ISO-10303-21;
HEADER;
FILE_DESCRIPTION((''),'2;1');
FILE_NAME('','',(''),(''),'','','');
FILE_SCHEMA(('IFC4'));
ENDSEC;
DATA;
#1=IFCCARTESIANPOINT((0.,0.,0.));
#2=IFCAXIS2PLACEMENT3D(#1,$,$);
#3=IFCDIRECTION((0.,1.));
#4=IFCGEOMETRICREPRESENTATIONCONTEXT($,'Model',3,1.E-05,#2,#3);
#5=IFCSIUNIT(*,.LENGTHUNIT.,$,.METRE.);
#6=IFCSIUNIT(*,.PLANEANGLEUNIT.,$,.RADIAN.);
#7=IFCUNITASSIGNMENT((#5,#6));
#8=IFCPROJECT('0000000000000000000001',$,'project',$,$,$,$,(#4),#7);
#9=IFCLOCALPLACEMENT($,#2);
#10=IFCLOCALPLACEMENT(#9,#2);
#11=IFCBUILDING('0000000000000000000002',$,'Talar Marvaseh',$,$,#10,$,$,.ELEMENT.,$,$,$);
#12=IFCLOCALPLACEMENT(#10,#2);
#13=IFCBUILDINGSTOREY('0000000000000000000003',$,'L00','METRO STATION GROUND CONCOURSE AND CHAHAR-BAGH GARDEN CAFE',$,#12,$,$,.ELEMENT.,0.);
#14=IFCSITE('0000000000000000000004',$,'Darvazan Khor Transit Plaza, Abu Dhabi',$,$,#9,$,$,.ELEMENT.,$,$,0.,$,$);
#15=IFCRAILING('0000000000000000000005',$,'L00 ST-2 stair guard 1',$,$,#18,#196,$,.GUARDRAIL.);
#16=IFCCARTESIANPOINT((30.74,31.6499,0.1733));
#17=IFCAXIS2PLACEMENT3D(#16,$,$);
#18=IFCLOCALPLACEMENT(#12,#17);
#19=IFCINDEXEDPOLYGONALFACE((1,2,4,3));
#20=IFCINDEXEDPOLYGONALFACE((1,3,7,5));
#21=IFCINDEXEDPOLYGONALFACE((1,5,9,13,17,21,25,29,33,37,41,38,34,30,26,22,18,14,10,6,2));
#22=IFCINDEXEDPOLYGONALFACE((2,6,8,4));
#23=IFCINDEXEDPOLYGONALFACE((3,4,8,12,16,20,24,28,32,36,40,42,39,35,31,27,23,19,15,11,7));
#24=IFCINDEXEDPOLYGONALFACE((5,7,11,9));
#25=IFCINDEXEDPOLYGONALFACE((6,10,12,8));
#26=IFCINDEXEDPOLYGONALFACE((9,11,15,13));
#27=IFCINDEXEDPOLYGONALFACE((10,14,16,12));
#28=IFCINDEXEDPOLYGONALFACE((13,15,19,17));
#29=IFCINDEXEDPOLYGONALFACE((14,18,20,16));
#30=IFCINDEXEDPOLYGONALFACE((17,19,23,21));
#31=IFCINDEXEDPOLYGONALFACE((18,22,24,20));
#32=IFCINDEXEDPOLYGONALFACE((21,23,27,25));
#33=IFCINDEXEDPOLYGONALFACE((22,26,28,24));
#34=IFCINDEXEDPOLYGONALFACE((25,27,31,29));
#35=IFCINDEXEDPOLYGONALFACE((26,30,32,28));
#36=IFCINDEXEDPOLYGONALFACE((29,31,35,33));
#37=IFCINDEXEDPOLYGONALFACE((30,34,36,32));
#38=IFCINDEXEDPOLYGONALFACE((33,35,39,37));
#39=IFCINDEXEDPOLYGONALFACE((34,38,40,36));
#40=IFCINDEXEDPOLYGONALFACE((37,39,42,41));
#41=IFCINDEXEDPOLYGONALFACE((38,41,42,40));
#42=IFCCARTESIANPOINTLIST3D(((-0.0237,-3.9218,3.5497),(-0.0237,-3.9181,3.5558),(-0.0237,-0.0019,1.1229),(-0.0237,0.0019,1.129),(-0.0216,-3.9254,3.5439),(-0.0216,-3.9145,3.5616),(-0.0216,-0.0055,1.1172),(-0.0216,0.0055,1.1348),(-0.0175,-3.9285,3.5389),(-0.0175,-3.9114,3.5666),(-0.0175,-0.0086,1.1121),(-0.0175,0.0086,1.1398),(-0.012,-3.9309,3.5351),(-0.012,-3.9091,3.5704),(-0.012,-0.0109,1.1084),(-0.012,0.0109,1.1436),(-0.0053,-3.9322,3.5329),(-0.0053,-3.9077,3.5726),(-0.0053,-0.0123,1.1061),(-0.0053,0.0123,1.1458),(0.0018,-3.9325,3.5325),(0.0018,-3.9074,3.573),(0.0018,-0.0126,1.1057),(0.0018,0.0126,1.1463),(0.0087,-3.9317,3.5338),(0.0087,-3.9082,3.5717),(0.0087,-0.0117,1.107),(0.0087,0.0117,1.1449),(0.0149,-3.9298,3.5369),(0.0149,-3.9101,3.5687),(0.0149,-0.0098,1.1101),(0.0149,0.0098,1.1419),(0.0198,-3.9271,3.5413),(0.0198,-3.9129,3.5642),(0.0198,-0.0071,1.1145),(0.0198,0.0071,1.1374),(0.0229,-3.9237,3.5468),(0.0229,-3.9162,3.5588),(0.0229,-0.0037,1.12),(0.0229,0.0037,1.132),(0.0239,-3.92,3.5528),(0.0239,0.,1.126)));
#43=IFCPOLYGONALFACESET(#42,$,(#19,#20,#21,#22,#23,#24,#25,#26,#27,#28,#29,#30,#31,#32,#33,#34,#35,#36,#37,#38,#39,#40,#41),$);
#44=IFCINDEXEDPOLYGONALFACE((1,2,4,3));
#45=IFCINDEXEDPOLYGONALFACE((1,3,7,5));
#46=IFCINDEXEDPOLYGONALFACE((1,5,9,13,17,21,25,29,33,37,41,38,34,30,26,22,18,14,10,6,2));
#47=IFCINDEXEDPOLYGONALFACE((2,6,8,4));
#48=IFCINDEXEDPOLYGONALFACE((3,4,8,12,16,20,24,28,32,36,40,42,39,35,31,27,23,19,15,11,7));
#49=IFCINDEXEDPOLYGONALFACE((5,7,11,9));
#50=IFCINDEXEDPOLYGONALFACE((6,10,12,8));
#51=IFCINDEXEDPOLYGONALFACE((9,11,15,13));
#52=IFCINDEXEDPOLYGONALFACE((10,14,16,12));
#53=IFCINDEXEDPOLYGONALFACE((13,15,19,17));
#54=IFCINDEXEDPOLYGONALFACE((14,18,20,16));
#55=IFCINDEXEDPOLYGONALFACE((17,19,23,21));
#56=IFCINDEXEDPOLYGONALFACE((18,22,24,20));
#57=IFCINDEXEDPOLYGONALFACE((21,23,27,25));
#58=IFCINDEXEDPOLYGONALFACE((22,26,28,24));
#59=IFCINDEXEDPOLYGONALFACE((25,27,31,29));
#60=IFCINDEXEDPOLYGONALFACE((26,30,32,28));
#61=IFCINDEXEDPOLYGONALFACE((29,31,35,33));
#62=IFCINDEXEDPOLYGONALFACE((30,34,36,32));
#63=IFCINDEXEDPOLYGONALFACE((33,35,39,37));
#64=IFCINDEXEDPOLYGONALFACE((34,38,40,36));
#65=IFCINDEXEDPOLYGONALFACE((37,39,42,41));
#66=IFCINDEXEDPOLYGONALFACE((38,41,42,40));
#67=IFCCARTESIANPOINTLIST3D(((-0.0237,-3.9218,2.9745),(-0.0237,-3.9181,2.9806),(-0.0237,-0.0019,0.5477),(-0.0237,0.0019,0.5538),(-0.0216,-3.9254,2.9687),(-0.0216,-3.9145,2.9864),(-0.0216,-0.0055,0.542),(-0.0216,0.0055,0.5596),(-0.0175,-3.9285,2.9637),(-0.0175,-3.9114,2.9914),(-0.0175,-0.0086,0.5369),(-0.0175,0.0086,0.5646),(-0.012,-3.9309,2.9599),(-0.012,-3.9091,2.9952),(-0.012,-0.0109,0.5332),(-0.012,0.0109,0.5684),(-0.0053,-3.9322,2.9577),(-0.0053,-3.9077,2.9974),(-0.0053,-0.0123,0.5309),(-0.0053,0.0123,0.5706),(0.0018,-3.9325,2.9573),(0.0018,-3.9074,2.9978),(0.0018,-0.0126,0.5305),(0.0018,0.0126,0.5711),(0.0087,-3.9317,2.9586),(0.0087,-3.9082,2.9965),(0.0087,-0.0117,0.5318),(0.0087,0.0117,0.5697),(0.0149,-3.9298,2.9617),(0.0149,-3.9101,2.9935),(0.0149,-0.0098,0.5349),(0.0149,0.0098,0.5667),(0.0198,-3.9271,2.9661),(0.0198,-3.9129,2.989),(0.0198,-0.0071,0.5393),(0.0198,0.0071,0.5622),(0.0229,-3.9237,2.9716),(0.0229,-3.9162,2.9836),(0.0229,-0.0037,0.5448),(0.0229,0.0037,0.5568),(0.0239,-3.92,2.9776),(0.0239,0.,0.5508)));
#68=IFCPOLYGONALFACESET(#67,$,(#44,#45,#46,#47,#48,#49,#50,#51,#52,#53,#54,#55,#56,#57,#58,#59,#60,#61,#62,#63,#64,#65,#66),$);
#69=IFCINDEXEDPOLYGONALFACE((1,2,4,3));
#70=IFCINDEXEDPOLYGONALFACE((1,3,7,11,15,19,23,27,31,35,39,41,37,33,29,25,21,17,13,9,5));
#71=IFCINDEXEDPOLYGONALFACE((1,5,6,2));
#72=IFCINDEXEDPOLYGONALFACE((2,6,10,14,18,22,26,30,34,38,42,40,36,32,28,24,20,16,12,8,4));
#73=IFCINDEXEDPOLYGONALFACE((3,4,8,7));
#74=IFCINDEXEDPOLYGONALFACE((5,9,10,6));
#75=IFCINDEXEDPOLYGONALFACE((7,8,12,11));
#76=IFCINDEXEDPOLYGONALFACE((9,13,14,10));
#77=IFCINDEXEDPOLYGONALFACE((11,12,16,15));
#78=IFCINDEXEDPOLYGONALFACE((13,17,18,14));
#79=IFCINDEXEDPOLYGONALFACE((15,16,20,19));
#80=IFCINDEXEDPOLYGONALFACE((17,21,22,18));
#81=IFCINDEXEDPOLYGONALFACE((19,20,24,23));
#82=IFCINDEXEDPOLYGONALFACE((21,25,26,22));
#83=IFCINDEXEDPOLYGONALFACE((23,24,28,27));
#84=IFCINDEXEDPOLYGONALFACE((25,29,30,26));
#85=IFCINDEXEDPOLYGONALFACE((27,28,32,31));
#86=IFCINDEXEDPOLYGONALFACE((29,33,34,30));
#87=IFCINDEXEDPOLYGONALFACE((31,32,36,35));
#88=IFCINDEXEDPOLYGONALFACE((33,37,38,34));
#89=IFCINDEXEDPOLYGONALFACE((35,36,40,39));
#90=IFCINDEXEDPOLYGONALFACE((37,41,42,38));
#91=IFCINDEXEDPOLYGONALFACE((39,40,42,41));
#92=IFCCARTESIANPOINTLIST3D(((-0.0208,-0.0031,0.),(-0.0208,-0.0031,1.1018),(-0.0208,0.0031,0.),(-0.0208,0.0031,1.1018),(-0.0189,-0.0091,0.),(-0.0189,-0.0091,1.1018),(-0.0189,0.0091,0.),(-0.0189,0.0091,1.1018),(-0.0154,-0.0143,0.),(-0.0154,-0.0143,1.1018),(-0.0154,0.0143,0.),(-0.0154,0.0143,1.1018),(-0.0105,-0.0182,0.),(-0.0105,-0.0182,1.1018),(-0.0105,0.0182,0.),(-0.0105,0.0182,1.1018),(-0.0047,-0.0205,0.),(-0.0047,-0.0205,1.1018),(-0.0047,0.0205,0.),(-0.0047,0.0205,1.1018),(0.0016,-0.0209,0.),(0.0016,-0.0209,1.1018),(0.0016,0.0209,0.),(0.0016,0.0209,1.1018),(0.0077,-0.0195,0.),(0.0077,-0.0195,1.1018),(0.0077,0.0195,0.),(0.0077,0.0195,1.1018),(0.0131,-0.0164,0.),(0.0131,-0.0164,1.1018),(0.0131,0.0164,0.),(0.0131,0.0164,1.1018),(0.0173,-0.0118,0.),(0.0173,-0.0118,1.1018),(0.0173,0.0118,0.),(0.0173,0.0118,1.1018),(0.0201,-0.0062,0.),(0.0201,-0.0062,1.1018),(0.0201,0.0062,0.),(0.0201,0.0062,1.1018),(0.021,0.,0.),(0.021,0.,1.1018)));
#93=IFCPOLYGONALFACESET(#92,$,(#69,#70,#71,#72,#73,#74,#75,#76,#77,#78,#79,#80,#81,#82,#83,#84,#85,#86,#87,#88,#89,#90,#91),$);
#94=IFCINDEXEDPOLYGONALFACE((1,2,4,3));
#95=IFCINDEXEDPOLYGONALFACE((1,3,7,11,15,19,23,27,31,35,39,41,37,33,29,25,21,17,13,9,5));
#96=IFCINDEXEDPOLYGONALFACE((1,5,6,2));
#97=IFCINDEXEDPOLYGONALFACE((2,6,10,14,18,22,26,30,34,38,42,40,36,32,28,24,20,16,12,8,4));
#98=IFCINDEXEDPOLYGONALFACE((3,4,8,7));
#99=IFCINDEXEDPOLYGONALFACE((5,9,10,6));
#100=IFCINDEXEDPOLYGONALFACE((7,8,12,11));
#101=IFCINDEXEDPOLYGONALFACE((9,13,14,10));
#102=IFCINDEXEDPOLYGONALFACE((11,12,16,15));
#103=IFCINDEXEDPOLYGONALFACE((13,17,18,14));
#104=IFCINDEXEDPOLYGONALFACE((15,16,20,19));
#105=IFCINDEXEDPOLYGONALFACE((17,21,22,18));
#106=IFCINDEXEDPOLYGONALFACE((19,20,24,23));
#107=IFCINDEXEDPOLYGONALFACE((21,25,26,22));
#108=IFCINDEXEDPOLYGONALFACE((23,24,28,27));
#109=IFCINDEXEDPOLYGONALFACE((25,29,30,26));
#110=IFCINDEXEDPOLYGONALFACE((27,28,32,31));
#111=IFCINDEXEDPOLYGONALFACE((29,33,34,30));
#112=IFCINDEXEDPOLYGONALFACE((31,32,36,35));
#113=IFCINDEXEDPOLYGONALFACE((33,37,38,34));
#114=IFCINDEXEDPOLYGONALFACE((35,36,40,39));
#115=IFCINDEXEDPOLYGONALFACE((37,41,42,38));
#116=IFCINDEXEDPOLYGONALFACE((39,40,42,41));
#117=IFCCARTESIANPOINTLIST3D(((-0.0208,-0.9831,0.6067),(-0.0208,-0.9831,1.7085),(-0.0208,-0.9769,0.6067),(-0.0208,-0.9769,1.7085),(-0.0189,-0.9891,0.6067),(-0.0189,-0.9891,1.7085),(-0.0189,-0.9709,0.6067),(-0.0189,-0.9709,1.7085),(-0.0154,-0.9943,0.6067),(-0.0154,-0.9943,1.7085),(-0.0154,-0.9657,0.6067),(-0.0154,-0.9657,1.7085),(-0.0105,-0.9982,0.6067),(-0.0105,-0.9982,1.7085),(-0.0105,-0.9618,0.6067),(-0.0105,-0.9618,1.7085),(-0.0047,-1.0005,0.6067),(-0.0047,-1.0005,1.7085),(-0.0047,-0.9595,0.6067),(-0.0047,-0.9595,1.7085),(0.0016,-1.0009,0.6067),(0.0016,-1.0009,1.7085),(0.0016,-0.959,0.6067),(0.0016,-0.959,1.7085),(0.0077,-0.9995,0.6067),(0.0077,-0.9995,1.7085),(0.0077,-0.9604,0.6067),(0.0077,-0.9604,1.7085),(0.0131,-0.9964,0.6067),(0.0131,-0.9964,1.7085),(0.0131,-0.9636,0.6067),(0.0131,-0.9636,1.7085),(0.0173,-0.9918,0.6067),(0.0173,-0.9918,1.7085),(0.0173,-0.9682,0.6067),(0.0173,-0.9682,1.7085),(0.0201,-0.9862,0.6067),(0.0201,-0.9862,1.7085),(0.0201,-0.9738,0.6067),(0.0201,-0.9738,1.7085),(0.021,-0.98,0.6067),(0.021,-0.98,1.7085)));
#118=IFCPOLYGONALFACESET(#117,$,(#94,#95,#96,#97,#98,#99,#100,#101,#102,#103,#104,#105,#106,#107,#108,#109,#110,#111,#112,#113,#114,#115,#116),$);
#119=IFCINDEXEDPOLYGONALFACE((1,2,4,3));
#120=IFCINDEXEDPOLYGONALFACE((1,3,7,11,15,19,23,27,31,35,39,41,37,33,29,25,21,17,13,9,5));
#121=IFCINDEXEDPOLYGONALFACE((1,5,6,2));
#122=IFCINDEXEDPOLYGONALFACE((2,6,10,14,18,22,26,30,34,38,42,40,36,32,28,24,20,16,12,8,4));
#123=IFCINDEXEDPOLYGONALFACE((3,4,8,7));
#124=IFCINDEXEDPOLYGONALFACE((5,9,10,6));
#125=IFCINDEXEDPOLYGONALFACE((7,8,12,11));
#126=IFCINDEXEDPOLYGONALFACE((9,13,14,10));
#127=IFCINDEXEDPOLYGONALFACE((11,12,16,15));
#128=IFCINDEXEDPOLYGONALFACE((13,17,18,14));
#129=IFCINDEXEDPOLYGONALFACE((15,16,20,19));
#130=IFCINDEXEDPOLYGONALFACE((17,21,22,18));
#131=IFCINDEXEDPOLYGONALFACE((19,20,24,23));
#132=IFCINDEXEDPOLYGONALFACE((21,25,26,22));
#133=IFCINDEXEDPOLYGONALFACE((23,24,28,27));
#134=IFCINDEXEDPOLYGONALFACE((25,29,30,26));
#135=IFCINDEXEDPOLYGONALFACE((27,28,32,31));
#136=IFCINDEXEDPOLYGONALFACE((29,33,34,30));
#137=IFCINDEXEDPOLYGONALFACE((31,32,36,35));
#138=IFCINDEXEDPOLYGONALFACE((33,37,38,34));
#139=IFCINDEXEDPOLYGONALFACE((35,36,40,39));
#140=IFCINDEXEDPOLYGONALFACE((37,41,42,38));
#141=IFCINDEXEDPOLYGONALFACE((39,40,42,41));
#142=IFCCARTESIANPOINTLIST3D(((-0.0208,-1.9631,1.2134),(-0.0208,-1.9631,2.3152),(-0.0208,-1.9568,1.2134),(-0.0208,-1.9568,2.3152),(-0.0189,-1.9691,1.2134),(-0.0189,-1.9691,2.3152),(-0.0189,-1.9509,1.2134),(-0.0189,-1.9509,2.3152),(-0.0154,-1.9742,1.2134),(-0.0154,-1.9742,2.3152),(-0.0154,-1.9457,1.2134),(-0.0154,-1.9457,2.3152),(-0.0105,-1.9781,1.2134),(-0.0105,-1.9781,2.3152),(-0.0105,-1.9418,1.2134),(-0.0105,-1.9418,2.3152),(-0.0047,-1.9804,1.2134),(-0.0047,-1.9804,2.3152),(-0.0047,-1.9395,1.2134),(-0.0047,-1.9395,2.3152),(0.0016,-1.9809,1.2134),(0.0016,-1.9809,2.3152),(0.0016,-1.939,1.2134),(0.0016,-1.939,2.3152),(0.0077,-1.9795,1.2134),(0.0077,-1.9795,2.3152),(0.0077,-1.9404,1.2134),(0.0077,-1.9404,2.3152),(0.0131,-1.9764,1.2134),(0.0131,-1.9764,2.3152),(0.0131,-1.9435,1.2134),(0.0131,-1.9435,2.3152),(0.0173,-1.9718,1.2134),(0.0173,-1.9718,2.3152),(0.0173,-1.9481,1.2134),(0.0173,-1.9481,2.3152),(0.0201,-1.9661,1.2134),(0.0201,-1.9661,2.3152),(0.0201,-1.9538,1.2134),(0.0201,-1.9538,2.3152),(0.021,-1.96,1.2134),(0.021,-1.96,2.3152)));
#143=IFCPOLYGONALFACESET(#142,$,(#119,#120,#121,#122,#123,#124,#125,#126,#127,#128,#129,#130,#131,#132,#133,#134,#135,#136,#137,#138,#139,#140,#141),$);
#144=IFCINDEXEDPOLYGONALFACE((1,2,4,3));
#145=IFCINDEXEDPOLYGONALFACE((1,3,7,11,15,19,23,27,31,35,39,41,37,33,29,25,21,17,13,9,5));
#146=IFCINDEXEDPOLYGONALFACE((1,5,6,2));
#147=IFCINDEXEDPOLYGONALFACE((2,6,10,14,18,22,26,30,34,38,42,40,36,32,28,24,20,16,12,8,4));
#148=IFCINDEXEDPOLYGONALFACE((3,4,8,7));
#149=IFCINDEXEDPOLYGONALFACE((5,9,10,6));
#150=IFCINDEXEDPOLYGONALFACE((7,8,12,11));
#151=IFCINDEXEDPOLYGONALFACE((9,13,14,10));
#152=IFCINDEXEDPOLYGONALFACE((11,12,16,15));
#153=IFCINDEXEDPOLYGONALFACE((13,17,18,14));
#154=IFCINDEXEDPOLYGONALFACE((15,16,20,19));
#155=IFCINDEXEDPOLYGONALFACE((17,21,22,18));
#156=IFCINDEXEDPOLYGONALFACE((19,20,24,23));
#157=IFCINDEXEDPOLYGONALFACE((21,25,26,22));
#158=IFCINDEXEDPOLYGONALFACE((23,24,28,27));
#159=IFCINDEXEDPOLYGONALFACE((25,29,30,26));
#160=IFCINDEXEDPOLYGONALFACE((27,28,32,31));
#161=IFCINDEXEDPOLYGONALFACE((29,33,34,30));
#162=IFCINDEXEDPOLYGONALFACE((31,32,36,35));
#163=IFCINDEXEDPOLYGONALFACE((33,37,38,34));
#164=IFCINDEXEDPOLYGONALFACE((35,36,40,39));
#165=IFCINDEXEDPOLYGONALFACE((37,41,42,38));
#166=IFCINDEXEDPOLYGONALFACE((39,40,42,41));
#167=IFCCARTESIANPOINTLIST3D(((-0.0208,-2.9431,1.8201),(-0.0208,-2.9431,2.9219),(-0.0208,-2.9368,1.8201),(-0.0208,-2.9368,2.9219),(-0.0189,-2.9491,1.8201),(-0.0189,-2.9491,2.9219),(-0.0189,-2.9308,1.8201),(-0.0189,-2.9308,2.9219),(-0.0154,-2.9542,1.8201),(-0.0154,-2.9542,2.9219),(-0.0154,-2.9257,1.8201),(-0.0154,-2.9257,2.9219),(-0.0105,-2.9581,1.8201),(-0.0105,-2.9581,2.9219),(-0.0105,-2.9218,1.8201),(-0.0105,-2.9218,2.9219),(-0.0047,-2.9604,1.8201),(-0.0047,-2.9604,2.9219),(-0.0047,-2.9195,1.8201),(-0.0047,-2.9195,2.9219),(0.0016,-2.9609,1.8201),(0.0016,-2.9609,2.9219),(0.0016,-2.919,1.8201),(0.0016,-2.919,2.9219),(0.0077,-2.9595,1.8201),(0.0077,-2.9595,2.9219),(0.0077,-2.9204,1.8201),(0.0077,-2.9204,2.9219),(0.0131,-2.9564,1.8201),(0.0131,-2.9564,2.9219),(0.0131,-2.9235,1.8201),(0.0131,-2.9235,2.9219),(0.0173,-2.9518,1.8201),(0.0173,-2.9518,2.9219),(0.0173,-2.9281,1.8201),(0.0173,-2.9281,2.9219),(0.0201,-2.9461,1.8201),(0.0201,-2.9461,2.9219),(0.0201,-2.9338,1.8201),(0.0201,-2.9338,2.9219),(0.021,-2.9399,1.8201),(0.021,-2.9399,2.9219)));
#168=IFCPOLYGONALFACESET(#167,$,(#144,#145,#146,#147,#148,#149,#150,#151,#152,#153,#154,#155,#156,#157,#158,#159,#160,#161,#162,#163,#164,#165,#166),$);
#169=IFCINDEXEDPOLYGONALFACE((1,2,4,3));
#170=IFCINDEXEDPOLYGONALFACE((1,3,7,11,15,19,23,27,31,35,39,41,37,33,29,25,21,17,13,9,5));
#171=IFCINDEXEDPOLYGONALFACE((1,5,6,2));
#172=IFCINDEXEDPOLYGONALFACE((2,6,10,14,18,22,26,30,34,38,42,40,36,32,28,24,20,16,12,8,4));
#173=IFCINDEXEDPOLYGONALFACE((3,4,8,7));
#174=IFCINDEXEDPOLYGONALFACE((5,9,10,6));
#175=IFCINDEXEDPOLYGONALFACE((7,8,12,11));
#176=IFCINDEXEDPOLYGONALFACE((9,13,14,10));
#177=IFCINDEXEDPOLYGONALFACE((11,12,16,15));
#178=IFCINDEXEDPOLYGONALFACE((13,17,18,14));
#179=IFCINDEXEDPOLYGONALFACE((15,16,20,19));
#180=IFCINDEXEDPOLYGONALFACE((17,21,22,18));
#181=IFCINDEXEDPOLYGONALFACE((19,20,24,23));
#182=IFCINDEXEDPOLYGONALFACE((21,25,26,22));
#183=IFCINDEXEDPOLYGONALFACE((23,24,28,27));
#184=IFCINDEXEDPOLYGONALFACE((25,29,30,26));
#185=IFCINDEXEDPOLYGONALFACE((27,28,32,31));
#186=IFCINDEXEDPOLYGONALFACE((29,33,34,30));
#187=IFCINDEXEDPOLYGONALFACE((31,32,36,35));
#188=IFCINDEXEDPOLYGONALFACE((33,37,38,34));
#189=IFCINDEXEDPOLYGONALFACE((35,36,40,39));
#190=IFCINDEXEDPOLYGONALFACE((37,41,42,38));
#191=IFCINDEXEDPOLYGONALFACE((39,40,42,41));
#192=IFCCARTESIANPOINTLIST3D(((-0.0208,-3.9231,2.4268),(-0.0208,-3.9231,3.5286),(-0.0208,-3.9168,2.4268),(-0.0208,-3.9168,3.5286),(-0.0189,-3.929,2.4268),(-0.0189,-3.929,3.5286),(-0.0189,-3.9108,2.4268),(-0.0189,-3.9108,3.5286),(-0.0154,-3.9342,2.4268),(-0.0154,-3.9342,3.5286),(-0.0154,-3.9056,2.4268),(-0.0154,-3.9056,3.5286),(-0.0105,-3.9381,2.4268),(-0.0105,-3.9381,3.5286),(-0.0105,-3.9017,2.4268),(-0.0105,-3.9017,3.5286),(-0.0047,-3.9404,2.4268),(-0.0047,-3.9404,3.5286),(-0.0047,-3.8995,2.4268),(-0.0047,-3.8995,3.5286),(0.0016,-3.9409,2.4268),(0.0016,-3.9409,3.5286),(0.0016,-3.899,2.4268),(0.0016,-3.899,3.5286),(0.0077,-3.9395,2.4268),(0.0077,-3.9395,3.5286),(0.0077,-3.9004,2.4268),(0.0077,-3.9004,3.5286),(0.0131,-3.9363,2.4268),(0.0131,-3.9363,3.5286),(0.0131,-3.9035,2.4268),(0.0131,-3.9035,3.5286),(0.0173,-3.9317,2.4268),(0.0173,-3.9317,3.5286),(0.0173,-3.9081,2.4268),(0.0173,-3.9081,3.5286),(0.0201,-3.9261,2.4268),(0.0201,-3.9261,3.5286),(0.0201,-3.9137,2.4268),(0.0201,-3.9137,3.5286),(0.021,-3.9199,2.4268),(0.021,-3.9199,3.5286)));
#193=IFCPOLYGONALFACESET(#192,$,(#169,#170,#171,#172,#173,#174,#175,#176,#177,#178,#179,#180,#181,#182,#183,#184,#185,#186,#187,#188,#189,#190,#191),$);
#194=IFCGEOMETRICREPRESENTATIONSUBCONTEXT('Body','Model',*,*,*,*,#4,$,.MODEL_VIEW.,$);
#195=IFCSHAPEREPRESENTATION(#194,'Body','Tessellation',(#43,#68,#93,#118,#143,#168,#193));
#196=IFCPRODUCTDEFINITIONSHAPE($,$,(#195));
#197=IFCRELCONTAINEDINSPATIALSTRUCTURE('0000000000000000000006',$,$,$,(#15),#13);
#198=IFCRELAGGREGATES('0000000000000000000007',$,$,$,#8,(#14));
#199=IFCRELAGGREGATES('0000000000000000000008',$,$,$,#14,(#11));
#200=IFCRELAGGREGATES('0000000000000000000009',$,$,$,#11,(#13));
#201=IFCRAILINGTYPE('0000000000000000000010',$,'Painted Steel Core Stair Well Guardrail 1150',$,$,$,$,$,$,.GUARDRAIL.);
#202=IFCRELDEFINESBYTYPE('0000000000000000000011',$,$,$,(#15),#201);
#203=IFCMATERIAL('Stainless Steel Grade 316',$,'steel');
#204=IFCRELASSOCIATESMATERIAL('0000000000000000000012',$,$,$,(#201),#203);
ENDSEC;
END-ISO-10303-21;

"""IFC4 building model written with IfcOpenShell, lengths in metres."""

from ifc_helpers import new_model, si_unit, direction, frame, origin, origin_2d, place, context, subcontext, project, spatial, circle, extrude, material, type_object, element, save


model = new_model("IFC4")

# Units and contexts
model_context = context("Model", 3, precision=1e-05, world=origin(), true_north=direction((0.0, 1.0)))
body_context = subcontext(model_context, "Body", "Model", "MODEL_VIEW")
ifc_project = project(units=[si_unit("LENGTHUNIT", "METRE"), si_unit("PLANEANGLEUNIT", "RADIAN")], contexts=[model_context])

# Site, building, storey
site_placement = place(None, origin())
site = spatial("IfcSite", under=ifc_project, at=site_placement, Name="Darvazan Khor Transit Plaza, Abu Dhabi", CompositionType="ELEMENT", RefElevation=0.0)
building_placement = place(site_placement, origin())
building = spatial("IfcBuilding", under=site, at=building_placement, Name="Talar Marvaseh", CompositionType="ELEMENT")
storey_placement = place(building_placement, origin())
storey = spatial("IfcBuildingStorey", under=building, at=storey_placement, Name="L00", Description="METRO STATION GROUND CONCOURSE AND CHAHAR-BAGH GARDEN CAFE", CompositionType="ELEMENT", Elevation=0.0)

# Shared definitions
ifc_material_1 = material(Name="Stainless Steel Grade 316", Category="steel")

# Railing
railing_type_1 = type_object("IfcRailingType", Name="Painted Steel Core Stair Well Guardrail 1150", PredefinedType="GUARDRAIL", material=ifc_material_1)
railing_1_placement = place(storey_placement, frame((30.74, 31.6499, 0.1733)))
element("IfcRailing", 1, at=railing_1_placement, inside=storey, type_object=railing_type_1, Name="L00 ST-2 stair guard 1", PredefinedType="GUARDRAIL", context=body_context, shape_type="SweptSolid", body=[
    extrude(circle(Radius=0.0239, at=origin_2d()), frame((0.0, 0.0, 1.126), z_axis=(0.0, -0.850252, 0.526376), x_axis=(1.0, 0.0, 0.0)), (0.0, 0.0, 1.0), 4.6104),
    extrude(circle(Radius=0.0239, at=origin_2d()), frame((0.0, 0.0, 0.5508), z_axis=(0.0, -0.850252, 0.526376), x_axis=(1.0, 0.0, 0.0)), (0.0, 0.0, 1.0), 4.6104),
    extrude(circle(Radius=0.021, at=origin_2d()), origin(), (0.0, 0.0, 1.0), 1.1018),
    extrude(circle(Radius=0.021, at=origin_2d()), frame((0.0, -0.98, 0.6067)), (0.0, 0.0, 1.0), 1.1018),
    extrude(circle(Radius=0.021, at=origin_2d()), frame((0.0, -1.96, 1.2134)), (0.0, 0.0, 1.0), 1.1018),
    extrude(circle(Radius=0.021, at=origin_2d()), frame((0.0, -2.9399, 1.8201)), (0.0, 0.0, 1.0), 1.1018),
    extrude(circle(Radius=0.021, at=origin_2d()), frame((0.0, -3.9199, 2.4268)), (0.0, 0.0, 1.0), 1.1018),
])

save(model, "model.ifc")
